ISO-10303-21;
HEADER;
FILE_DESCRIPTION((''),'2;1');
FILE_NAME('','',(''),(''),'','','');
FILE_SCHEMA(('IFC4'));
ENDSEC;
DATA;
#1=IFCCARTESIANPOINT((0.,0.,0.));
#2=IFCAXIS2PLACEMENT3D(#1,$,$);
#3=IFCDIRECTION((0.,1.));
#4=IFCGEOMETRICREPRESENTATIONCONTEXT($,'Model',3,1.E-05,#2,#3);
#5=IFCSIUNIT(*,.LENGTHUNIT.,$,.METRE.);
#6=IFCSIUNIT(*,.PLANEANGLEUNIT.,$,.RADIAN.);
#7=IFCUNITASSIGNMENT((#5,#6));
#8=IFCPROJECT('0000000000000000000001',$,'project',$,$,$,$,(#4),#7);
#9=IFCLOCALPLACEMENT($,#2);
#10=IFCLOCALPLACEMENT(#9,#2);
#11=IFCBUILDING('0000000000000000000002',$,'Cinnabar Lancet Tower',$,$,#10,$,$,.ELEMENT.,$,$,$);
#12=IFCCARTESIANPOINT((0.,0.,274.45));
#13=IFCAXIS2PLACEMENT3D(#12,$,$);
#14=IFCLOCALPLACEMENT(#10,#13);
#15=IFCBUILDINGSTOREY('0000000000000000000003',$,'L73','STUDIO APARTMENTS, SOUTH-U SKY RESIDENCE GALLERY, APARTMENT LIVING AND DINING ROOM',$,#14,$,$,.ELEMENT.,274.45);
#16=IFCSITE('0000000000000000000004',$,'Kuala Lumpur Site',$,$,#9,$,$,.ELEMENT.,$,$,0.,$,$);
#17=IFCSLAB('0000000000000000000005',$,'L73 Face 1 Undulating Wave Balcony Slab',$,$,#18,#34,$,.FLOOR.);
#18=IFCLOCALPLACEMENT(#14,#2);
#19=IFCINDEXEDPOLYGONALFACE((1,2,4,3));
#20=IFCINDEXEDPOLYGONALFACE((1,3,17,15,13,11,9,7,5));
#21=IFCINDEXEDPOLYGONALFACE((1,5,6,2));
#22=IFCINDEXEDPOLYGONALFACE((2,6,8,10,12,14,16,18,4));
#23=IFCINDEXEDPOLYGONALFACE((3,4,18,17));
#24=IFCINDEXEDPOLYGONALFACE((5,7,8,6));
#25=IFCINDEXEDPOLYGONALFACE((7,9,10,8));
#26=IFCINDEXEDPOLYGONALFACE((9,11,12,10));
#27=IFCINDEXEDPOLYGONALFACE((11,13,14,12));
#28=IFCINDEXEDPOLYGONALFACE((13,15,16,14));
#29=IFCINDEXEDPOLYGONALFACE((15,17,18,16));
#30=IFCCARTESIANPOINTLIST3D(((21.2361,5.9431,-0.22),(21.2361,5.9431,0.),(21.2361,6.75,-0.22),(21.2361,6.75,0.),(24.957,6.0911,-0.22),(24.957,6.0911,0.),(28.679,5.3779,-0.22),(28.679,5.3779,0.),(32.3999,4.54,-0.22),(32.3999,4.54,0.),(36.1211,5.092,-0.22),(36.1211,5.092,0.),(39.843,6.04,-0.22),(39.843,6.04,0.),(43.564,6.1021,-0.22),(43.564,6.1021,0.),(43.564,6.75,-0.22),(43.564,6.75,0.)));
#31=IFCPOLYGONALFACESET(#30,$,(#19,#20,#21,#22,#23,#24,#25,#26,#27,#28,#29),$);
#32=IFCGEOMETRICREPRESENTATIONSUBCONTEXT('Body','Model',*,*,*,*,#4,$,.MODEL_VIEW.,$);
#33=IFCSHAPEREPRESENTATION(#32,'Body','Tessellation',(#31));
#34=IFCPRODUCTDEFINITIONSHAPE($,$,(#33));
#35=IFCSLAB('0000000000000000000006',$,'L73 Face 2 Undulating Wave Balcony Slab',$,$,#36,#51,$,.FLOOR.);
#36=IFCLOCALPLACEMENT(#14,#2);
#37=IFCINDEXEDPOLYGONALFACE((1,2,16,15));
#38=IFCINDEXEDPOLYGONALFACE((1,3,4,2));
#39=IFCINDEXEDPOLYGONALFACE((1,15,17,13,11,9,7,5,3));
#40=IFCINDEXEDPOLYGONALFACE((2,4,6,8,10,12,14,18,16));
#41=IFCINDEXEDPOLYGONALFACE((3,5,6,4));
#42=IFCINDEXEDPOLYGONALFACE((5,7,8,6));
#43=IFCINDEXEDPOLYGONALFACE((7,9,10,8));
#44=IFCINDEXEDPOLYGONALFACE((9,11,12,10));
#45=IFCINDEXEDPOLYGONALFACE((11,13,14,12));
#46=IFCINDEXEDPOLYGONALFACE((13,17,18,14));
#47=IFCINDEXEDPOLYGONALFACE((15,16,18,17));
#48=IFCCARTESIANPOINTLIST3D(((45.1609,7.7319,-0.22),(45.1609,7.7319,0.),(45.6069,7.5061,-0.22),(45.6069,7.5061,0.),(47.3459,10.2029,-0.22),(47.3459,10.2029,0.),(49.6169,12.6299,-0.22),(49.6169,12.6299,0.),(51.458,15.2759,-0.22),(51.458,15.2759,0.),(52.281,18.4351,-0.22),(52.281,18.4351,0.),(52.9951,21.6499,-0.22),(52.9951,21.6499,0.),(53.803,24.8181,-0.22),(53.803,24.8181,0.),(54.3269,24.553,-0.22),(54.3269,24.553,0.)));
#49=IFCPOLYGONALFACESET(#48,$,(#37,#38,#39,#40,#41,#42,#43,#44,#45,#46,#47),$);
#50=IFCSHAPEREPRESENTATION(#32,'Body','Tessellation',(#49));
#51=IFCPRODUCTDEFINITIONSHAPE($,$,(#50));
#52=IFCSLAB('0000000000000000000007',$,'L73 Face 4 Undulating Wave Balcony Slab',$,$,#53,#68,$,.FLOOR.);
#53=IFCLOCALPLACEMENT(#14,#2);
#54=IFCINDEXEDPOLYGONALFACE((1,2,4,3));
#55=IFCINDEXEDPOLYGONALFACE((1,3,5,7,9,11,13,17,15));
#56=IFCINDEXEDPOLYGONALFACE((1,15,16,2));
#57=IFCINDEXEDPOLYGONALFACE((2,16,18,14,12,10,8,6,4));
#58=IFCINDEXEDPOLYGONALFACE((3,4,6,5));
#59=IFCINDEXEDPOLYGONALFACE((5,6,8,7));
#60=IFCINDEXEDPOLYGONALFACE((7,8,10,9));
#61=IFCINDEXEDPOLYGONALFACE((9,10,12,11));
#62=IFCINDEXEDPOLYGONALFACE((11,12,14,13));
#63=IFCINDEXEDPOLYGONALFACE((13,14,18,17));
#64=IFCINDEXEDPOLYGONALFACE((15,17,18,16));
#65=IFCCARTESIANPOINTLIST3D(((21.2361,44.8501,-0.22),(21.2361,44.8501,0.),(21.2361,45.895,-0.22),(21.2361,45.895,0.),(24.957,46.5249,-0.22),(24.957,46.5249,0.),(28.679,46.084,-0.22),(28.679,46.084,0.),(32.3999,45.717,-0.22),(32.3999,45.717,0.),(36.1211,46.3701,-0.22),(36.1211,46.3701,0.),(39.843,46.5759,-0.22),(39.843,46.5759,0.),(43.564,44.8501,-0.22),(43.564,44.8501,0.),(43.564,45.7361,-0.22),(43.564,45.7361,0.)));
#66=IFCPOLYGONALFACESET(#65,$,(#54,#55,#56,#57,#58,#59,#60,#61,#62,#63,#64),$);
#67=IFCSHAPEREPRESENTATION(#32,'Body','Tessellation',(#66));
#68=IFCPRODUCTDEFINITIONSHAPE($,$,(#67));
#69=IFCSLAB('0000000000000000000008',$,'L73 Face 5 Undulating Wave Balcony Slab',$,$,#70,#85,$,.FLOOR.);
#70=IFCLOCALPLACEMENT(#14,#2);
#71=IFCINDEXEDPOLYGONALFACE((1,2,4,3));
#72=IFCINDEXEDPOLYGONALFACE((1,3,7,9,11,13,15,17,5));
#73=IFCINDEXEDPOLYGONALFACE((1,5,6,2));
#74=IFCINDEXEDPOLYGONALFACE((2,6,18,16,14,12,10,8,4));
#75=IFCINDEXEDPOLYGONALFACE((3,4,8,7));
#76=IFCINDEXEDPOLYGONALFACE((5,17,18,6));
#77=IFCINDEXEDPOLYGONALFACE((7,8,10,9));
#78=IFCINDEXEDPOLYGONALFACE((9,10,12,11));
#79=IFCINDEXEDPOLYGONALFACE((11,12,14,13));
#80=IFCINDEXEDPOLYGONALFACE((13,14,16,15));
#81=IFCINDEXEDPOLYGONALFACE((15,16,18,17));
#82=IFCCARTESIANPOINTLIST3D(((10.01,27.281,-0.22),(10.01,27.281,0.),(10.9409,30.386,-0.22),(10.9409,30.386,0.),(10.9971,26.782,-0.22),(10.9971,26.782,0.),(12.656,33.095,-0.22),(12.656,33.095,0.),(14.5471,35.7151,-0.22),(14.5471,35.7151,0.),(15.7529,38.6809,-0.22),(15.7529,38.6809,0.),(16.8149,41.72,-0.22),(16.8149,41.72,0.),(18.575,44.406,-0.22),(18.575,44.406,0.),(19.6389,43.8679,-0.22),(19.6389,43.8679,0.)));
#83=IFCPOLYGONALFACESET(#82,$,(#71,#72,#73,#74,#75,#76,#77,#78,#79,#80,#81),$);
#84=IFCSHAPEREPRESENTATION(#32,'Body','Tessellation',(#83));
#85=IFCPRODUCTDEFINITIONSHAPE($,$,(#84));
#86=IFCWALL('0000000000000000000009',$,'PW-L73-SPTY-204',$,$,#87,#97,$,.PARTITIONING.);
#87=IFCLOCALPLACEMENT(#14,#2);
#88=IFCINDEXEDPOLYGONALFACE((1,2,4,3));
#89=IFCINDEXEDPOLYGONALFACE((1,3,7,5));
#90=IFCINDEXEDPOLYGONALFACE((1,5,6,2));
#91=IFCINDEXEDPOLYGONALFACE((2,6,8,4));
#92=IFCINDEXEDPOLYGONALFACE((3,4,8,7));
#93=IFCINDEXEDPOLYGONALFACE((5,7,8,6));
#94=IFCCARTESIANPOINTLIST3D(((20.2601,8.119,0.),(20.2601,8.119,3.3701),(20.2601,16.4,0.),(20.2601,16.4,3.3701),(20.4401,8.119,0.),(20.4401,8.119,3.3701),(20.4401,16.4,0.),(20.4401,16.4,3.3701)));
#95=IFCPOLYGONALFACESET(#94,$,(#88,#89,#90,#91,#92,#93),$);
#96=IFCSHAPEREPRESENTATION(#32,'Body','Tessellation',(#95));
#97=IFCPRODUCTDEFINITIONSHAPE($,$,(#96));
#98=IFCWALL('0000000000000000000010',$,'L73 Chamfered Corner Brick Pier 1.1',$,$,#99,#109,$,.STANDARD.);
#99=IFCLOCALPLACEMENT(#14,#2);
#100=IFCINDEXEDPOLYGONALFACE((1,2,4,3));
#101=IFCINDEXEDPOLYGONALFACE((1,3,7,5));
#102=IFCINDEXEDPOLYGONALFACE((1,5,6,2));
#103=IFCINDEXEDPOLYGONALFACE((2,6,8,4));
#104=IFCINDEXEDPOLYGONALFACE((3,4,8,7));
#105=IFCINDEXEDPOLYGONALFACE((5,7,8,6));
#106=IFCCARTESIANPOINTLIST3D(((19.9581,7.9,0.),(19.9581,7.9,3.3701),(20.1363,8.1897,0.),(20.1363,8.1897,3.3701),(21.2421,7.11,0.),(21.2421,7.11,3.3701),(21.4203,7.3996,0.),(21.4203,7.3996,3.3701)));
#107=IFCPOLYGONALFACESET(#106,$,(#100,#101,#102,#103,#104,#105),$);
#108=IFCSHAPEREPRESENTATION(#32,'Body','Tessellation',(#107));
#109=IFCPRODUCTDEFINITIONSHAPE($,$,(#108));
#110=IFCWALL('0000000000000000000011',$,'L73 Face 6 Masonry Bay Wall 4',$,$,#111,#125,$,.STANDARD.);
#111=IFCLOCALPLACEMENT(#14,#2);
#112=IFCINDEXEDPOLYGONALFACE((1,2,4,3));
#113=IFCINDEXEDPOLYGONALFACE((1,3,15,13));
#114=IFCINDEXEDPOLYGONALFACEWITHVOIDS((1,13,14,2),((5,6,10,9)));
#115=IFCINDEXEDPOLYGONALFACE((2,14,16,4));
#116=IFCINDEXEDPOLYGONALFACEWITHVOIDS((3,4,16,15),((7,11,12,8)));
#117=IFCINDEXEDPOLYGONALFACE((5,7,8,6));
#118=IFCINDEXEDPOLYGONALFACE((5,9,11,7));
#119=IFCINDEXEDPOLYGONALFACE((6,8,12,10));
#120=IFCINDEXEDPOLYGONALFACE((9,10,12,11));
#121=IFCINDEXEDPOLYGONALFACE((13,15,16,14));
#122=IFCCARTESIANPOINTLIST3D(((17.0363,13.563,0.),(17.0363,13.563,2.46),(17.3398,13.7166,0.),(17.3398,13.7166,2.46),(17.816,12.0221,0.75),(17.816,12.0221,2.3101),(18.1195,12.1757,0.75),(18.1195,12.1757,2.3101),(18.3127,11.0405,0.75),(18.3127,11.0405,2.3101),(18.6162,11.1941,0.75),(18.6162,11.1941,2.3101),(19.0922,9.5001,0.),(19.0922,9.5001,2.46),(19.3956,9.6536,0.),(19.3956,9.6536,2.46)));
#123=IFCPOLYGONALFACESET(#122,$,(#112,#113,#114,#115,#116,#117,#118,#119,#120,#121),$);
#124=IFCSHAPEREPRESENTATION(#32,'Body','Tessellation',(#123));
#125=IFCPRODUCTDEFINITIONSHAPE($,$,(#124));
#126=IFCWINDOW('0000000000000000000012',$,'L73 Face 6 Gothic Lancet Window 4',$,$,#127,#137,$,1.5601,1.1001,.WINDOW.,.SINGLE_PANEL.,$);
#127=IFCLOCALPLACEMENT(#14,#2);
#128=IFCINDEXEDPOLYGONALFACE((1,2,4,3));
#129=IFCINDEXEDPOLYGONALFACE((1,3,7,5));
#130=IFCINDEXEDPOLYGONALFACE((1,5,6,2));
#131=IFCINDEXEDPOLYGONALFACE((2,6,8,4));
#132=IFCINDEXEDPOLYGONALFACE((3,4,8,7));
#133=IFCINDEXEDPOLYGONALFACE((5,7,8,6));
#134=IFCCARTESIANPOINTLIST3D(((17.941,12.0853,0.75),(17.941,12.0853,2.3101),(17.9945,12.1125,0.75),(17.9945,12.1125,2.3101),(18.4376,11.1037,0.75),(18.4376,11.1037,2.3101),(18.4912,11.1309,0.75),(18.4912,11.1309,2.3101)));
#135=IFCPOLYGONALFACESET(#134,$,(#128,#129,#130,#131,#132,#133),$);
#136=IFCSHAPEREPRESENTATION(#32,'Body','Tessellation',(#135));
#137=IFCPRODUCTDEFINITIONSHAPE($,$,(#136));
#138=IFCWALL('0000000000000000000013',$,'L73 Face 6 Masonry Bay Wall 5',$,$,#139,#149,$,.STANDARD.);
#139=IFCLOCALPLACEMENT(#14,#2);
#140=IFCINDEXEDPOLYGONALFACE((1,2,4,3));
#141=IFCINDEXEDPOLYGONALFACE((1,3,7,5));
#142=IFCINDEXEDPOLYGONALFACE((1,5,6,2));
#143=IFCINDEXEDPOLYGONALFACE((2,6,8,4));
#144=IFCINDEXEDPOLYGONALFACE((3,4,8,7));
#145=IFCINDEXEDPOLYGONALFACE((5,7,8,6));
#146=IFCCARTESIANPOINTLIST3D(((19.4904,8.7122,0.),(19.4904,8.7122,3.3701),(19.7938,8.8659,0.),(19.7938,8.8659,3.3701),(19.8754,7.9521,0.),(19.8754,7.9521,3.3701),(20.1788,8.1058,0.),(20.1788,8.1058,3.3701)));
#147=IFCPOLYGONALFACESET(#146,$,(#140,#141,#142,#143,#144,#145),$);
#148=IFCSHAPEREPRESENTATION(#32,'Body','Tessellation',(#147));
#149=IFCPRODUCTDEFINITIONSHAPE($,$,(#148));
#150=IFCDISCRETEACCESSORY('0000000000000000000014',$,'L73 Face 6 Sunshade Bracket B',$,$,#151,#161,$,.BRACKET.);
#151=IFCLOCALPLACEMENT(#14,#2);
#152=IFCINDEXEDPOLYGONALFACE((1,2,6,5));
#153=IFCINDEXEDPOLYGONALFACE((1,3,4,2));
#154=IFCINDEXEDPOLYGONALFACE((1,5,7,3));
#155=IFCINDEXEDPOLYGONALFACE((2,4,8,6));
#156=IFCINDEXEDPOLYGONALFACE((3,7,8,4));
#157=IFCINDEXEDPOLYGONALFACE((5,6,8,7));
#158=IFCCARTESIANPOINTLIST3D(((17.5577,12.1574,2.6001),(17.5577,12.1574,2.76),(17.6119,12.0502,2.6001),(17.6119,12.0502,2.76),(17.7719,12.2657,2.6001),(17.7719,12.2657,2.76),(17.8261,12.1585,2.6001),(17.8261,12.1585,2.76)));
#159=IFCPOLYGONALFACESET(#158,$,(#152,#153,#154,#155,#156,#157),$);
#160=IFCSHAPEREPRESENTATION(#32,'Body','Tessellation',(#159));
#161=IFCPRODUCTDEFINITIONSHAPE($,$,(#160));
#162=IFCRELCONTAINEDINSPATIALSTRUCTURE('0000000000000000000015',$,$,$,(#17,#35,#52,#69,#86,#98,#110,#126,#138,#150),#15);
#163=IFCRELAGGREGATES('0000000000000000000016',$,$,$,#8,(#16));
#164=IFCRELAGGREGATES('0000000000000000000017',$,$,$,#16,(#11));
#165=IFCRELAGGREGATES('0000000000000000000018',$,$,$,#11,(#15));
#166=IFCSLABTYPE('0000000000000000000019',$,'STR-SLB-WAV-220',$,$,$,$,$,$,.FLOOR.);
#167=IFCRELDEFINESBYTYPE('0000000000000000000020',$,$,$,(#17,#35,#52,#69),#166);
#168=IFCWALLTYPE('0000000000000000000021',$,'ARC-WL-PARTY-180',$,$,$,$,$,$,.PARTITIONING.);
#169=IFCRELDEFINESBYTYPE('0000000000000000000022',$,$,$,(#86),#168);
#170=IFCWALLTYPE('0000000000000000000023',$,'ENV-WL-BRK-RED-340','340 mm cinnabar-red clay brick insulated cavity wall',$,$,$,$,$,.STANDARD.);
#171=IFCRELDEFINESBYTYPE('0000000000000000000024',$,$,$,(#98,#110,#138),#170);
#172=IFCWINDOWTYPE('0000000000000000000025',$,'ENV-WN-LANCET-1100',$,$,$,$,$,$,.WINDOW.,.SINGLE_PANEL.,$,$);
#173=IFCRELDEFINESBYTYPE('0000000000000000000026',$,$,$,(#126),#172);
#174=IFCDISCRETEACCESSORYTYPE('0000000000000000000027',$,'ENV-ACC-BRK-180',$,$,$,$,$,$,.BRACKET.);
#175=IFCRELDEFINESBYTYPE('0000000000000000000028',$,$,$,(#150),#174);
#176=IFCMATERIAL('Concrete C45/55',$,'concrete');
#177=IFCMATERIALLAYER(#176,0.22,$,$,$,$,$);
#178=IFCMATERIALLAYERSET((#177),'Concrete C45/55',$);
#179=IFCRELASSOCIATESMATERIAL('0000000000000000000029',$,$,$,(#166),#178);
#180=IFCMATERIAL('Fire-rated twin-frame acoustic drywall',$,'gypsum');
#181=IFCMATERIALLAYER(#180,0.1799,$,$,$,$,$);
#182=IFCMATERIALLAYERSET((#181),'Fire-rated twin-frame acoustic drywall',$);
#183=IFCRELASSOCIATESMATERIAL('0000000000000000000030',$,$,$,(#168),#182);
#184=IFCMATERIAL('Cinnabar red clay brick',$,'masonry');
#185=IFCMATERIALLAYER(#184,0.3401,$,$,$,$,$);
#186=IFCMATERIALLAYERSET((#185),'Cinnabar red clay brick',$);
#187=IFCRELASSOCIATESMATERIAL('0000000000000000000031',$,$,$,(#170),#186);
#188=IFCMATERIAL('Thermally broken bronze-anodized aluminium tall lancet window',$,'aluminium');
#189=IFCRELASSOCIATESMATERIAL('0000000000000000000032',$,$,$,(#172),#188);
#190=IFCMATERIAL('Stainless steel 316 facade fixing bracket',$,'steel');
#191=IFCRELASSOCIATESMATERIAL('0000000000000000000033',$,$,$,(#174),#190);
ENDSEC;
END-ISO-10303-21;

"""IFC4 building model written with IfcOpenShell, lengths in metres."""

from ifc_helpers import new_model, si_unit, direction, frame, frame_2d, origin, origin_2d, place, context, subcontext, project, spatial, polyline, rectangle, outline, extrude, material, layer, layer_set, type_object, element, fill, save


model = new_model("IFC4")

# Units and contexts
model_context = context("Model", 3, precision=1e-05, world=origin(), true_north=direction((0.0, 1.0)))
body_context = subcontext(model_context, "Body", "Model", "MODEL_VIEW")
ifc_project = project(units=[si_unit("LENGTHUNIT", "METRE"), si_unit("PLANEANGLEUNIT", "RADIAN")], contexts=[model_context])

# Site, building, storey
site_placement = place(None, origin())
site = spatial("IfcSite", under=ifc_project, at=site_placement, Name="Kuala Lumpur Site", CompositionType="ELEMENT", RefElevation=0.0)
building_placement = place(site_placement, origin())
building = spatial("IfcBuilding", under=site, at=building_placement, Name="Cinnabar Lancet Tower", CompositionType="ELEMENT")
storey_placement = place(building_placement, frame((0.0, 0.0, 274.45)))
storey = spatial("IfcBuildingStorey", under=building, at=storey_placement, Name="L73", Description="STUDIO APARTMENTS, SOUTH-U SKY RESIDENCE GALLERY, APARTMENT LIVING AND DINING ROOM", CompositionType="ELEMENT", Elevation=274.45)

# Slabs
ifc_material_1 = material(Name="Concrete C45/55", Category="concrete")
ifc_layer_1 = layer(ifc_material_1, 0.22)
ifc_layer_set_1 = layer_set([ifc_layer_1], Name="Concrete C45/55")
slab_type_1 = type_object("IfcSlabType", Name="STR-SLB-WAV-220", PredefinedType="FLOOR", material=ifc_layer_set_1)
slab_1_placement = place(storey_placement, frame((0.0, 0.0, -0.22)))
element("IfcSlab", 1, at=slab_1_placement, inside=storey, type_object=slab_type_1, Name="L73 Face 1 Undulating Wave Balcony Slab", PredefinedType="FLOOR", context=body_context, shape_type="SweptSolid", body=[
    extrude(outline(polyline([(21.2361, 6.75), (21.2361, 5.9431), (24.957, 6.0911), (28.679, 5.3779), (32.3999, 4.54), (36.1211, 5.092), (39.843, 6.04), (43.564, 6.1021), (43.564, 6.75), (21.2361, 6.75)])), origin(), (0.0, 0.0, 1.0), 0.22),
])
slab_2_placement = place(storey_placement, frame((0.0, 0.0, -0.22)))
element("IfcSlab", 2, at=slab_2_placement, inside=storey, type_object=slab_type_1, Name="L73 Face 2 Undulating Wave Balcony Slab", PredefinedType="FLOOR", context=body_context, shape_type="SweptSolid", body=[
    extrude(outline(polyline([(45.1609, 7.7319), (45.6069, 7.5061), (47.3459, 10.2029), (49.6169, 12.6299), (51.458, 15.2759), (52.281, 18.4351), (52.9951, 21.6499), (54.3269, 24.553), (53.803, 24.8181), (45.1609, 7.7319)])), origin(), (0.0, 0.0, 1.0), 0.22),
])
slab_3_placement = place(storey_placement, frame((0.0, 0.0, -0.22)))
element("IfcSlab", 3, at=slab_3_placement, inside=storey, type_object=slab_type_1, Name="L73 Face 4 Undulating Wave Balcony Slab", PredefinedType="FLOOR", context=body_context, shape_type="SweptSolid", body=[
    extrude(outline(polyline([(43.564, 44.8501), (43.564, 45.7361), (39.843, 46.5759), (36.1211, 46.3701), (32.3999, 45.717), (28.679, 46.084), (24.957, 46.5249), (21.2361, 45.895), (21.2361, 44.8501), (43.564, 44.8501)])), origin(), (0.0, 0.0, 1.0), 0.22),
])
slab_4_placement = place(storey_placement, frame((0.0, 0.0, -0.22)))
element("IfcSlab", 4, at=slab_4_placement, inside=storey, type_object=slab_type_1, Name="L73 Face 5 Undulating Wave Balcony Slab", PredefinedType="FLOOR", context=body_context, shape_type="SweptSolid", body=[
    extrude(outline(polyline([(19.6389, 43.8679), (18.575, 44.406), (16.8149, 41.72), (15.7529, 38.6809), (14.5471, 35.7151), (12.656, 33.095), (10.9409, 30.386), (10.01, 27.281), (10.9971, 26.782), (19.6389, 43.8679)])), origin(), (0.0, 0.0, 1.0), 0.22),
])

# Walls
ifc_material_2 = material(Name="Fire-rated twin-frame acoustic drywall", Category="gypsum")
ifc_layer_2 = layer(ifc_material_2, 0.1799)
ifc_layer_set_2 = layer_set([ifc_layer_2], Name="Fire-rated twin-frame acoustic drywall")
wall_type_1 = type_object("IfcWallType", Name="ARC-WL-PARTY-180", PredefinedType="PARTITIONING", material=ifc_layer_set_2)
wall_1_placement = place(storey_placement, frame((20.3501, 8.1189, 0.0), z_axis=(0.0, 0.0, 1.0), x_axis=(0.0, 1.0, 0.0)))
element("IfcWall", 5, at=wall_1_placement, inside=storey, type_object=wall_type_1, Name="PW-L73-SPTY-204", PredefinedType="PARTITIONING", context=body_context, shape_type="SweptSolid", body=[
    extrude(rectangle(XDim=8.281, YDim=0.1799, at=frame_2d((4.1406, 0.0))), origin(), (0.0, 0.0, 1.0), 3.3701),
])
ifc_material_3 = material(Name="Cinnabar red clay brick", Category="masonry")
ifc_layer_3 = layer(ifc_material_3, 0.3401)
ifc_layer_set_3 = layer_set([ifc_layer_3], Name="Cinnabar red clay brick")
wall_type_2 = type_object("IfcWallType", Name="ENV-WL-BRK-RED-340", Description="340 mm cinnabar-red clay brick insulated cavity wall", PredefinedType="STANDARD", material=ifc_layer_set_3)
wall_2_placement = place(storey_placement, frame((20.0471, 8.0449, 0.0), z_axis=(0.0, 0.0, 1.0), x_axis=(0.851681, -0.524061, 0.0)))
element("IfcWall", 6, at=wall_2_placement, inside=storey, type_object=wall_type_2, Name="L73 Chamfered Corner Brick Pier 1.1", PredefinedType="STANDARD", context=body_context, shape_type="SweptSolid", body=[
    extrude(rectangle(XDim=1.5076, YDim=0.3401, at=frame_2d((0.7539, 0.0))), origin(), (0.0, 0.0, 1.0), 3.3701),
])

# Wall, opening, window
wall_3_placement = place(storey_placement, frame((17.188, 13.6399, 0.0), z_axis=(0.0, 0.0, 1.0), x_axis=(0.451498, -0.892272, 0.0)))
wall_3 = element("IfcWall", 7, at=wall_3_placement, inside=storey, type_object=wall_type_2, Name="L73 Face 6 Masonry Bay Wall 4", PredefinedType="STANDARD", context=body_context, shape_type="SweptSolid", body=[
    extrude(rectangle(XDim=4.5535, YDim=0.3401, at=frame_2d((2.2769, 0.0))), origin(), (0.0, 0.0, 1.0), 2.46),
])
opening_placement = place(wall_3_placement, frame((1.7271, 0.0, 0.75)))
opening = element("IfcOpeningElement", 8, at=opening_placement, cuts=wall_3, PredefinedType="OPENING", context=body_context, shape_type="SweptSolid", body=[
    extrude(rectangle(XDim=1.1001, YDim=1.5601, at=frame_2d((0.55, 0.78))), frame((0.0, 0.1799, 0.0), z_axis=(0.0, -1.0, 0.0), x_axis=(1.0, 0.0, 0.0)), (0.0, 0.0, 1.0), 0.3601),
])
ifc_material_4 = material(Name="Thermally broken bronze-anodized aluminium tall lancet window", Category="aluminium")
window_type = type_object("IfcWindowType", Name="ENV-WN-LANCET-1100", PartitioningType="SINGLE_PANEL", PredefinedType="WINDOW", material=ifc_material_4)
window_placement = place(opening_placement, origin())
window = element("IfcWindow", 9, at=window_placement, inside=storey, type_object=window_type, Name="L73 Face 6 Gothic Lancet Window 4", OverallHeight=1.5601, OverallWidth=1.1001, PartitioningType="SINGLE_PANEL", PredefinedType="WINDOW", context=body_context, shape_type="SweptSolid", body=[
    extrude(rectangle(XDim=1.1001, YDim=1.5601, at=frame_2d((0.55, 0.78))), frame((0.0, 0.03, 0.0), z_axis=(0.0, -1.0, 0.0), x_axis=(1.0, 0.0, 0.0)), (0.0, 0.0, 1.0), 0.0601),
])
fill(opening, window)

# Wall
wall_4_placement = place(storey_placement, frame((19.6421, 8.7891, 0.0), z_axis=(0.0, 0.0, 1.0), x_axis=(0.451907, -0.892065, 0.0)))
element("IfcWall", 10, at=wall_4_placement, inside=storey, type_object=wall_type_2, Name="L73 Face 6 Masonry Bay Wall 5", PredefinedType="STANDARD", context=body_context, shape_type="SweptSolid", body=[
    extrude(rectangle(XDim=0.8521, YDim=0.3401, at=frame_2d((0.426, 0.0))), origin(), (0.0, 0.0, 1.0), 3.3701),
])

# Discrete accessory
ifc_material_5 = material(Name="Stainless steel 316 facade fixing bracket", Category="steel")
discrete_accessory_type = type_object("IfcDiscreteAccessoryType", Name="ENV-ACC-BRK-180", PredefinedType="BRACKET", material=ifc_material_5)
discrete_accessory_placement = place(storey_placement, frame((17.6919, 12.158, 2.6001), z_axis=(0.0, 0.0, 1.0), x_axis=(0.451376, -0.892334, 0.0)))
element("IfcDiscreteAccessory", 11, at=discrete_accessory_placement, inside=storey, type_object=discrete_accessory_type, Name="L73 Face 6 Sunshade Bracket B", PredefinedType="BRACKET", context=body_context, shape_type="SweptSolid", body=[
    extrude(rectangle(XDim=0.1201, YDim=0.24, at=origin_2d()), origin(), (0.0, 0.0, 1.0), 0.1599),
])

save(model, "model.ifc")
